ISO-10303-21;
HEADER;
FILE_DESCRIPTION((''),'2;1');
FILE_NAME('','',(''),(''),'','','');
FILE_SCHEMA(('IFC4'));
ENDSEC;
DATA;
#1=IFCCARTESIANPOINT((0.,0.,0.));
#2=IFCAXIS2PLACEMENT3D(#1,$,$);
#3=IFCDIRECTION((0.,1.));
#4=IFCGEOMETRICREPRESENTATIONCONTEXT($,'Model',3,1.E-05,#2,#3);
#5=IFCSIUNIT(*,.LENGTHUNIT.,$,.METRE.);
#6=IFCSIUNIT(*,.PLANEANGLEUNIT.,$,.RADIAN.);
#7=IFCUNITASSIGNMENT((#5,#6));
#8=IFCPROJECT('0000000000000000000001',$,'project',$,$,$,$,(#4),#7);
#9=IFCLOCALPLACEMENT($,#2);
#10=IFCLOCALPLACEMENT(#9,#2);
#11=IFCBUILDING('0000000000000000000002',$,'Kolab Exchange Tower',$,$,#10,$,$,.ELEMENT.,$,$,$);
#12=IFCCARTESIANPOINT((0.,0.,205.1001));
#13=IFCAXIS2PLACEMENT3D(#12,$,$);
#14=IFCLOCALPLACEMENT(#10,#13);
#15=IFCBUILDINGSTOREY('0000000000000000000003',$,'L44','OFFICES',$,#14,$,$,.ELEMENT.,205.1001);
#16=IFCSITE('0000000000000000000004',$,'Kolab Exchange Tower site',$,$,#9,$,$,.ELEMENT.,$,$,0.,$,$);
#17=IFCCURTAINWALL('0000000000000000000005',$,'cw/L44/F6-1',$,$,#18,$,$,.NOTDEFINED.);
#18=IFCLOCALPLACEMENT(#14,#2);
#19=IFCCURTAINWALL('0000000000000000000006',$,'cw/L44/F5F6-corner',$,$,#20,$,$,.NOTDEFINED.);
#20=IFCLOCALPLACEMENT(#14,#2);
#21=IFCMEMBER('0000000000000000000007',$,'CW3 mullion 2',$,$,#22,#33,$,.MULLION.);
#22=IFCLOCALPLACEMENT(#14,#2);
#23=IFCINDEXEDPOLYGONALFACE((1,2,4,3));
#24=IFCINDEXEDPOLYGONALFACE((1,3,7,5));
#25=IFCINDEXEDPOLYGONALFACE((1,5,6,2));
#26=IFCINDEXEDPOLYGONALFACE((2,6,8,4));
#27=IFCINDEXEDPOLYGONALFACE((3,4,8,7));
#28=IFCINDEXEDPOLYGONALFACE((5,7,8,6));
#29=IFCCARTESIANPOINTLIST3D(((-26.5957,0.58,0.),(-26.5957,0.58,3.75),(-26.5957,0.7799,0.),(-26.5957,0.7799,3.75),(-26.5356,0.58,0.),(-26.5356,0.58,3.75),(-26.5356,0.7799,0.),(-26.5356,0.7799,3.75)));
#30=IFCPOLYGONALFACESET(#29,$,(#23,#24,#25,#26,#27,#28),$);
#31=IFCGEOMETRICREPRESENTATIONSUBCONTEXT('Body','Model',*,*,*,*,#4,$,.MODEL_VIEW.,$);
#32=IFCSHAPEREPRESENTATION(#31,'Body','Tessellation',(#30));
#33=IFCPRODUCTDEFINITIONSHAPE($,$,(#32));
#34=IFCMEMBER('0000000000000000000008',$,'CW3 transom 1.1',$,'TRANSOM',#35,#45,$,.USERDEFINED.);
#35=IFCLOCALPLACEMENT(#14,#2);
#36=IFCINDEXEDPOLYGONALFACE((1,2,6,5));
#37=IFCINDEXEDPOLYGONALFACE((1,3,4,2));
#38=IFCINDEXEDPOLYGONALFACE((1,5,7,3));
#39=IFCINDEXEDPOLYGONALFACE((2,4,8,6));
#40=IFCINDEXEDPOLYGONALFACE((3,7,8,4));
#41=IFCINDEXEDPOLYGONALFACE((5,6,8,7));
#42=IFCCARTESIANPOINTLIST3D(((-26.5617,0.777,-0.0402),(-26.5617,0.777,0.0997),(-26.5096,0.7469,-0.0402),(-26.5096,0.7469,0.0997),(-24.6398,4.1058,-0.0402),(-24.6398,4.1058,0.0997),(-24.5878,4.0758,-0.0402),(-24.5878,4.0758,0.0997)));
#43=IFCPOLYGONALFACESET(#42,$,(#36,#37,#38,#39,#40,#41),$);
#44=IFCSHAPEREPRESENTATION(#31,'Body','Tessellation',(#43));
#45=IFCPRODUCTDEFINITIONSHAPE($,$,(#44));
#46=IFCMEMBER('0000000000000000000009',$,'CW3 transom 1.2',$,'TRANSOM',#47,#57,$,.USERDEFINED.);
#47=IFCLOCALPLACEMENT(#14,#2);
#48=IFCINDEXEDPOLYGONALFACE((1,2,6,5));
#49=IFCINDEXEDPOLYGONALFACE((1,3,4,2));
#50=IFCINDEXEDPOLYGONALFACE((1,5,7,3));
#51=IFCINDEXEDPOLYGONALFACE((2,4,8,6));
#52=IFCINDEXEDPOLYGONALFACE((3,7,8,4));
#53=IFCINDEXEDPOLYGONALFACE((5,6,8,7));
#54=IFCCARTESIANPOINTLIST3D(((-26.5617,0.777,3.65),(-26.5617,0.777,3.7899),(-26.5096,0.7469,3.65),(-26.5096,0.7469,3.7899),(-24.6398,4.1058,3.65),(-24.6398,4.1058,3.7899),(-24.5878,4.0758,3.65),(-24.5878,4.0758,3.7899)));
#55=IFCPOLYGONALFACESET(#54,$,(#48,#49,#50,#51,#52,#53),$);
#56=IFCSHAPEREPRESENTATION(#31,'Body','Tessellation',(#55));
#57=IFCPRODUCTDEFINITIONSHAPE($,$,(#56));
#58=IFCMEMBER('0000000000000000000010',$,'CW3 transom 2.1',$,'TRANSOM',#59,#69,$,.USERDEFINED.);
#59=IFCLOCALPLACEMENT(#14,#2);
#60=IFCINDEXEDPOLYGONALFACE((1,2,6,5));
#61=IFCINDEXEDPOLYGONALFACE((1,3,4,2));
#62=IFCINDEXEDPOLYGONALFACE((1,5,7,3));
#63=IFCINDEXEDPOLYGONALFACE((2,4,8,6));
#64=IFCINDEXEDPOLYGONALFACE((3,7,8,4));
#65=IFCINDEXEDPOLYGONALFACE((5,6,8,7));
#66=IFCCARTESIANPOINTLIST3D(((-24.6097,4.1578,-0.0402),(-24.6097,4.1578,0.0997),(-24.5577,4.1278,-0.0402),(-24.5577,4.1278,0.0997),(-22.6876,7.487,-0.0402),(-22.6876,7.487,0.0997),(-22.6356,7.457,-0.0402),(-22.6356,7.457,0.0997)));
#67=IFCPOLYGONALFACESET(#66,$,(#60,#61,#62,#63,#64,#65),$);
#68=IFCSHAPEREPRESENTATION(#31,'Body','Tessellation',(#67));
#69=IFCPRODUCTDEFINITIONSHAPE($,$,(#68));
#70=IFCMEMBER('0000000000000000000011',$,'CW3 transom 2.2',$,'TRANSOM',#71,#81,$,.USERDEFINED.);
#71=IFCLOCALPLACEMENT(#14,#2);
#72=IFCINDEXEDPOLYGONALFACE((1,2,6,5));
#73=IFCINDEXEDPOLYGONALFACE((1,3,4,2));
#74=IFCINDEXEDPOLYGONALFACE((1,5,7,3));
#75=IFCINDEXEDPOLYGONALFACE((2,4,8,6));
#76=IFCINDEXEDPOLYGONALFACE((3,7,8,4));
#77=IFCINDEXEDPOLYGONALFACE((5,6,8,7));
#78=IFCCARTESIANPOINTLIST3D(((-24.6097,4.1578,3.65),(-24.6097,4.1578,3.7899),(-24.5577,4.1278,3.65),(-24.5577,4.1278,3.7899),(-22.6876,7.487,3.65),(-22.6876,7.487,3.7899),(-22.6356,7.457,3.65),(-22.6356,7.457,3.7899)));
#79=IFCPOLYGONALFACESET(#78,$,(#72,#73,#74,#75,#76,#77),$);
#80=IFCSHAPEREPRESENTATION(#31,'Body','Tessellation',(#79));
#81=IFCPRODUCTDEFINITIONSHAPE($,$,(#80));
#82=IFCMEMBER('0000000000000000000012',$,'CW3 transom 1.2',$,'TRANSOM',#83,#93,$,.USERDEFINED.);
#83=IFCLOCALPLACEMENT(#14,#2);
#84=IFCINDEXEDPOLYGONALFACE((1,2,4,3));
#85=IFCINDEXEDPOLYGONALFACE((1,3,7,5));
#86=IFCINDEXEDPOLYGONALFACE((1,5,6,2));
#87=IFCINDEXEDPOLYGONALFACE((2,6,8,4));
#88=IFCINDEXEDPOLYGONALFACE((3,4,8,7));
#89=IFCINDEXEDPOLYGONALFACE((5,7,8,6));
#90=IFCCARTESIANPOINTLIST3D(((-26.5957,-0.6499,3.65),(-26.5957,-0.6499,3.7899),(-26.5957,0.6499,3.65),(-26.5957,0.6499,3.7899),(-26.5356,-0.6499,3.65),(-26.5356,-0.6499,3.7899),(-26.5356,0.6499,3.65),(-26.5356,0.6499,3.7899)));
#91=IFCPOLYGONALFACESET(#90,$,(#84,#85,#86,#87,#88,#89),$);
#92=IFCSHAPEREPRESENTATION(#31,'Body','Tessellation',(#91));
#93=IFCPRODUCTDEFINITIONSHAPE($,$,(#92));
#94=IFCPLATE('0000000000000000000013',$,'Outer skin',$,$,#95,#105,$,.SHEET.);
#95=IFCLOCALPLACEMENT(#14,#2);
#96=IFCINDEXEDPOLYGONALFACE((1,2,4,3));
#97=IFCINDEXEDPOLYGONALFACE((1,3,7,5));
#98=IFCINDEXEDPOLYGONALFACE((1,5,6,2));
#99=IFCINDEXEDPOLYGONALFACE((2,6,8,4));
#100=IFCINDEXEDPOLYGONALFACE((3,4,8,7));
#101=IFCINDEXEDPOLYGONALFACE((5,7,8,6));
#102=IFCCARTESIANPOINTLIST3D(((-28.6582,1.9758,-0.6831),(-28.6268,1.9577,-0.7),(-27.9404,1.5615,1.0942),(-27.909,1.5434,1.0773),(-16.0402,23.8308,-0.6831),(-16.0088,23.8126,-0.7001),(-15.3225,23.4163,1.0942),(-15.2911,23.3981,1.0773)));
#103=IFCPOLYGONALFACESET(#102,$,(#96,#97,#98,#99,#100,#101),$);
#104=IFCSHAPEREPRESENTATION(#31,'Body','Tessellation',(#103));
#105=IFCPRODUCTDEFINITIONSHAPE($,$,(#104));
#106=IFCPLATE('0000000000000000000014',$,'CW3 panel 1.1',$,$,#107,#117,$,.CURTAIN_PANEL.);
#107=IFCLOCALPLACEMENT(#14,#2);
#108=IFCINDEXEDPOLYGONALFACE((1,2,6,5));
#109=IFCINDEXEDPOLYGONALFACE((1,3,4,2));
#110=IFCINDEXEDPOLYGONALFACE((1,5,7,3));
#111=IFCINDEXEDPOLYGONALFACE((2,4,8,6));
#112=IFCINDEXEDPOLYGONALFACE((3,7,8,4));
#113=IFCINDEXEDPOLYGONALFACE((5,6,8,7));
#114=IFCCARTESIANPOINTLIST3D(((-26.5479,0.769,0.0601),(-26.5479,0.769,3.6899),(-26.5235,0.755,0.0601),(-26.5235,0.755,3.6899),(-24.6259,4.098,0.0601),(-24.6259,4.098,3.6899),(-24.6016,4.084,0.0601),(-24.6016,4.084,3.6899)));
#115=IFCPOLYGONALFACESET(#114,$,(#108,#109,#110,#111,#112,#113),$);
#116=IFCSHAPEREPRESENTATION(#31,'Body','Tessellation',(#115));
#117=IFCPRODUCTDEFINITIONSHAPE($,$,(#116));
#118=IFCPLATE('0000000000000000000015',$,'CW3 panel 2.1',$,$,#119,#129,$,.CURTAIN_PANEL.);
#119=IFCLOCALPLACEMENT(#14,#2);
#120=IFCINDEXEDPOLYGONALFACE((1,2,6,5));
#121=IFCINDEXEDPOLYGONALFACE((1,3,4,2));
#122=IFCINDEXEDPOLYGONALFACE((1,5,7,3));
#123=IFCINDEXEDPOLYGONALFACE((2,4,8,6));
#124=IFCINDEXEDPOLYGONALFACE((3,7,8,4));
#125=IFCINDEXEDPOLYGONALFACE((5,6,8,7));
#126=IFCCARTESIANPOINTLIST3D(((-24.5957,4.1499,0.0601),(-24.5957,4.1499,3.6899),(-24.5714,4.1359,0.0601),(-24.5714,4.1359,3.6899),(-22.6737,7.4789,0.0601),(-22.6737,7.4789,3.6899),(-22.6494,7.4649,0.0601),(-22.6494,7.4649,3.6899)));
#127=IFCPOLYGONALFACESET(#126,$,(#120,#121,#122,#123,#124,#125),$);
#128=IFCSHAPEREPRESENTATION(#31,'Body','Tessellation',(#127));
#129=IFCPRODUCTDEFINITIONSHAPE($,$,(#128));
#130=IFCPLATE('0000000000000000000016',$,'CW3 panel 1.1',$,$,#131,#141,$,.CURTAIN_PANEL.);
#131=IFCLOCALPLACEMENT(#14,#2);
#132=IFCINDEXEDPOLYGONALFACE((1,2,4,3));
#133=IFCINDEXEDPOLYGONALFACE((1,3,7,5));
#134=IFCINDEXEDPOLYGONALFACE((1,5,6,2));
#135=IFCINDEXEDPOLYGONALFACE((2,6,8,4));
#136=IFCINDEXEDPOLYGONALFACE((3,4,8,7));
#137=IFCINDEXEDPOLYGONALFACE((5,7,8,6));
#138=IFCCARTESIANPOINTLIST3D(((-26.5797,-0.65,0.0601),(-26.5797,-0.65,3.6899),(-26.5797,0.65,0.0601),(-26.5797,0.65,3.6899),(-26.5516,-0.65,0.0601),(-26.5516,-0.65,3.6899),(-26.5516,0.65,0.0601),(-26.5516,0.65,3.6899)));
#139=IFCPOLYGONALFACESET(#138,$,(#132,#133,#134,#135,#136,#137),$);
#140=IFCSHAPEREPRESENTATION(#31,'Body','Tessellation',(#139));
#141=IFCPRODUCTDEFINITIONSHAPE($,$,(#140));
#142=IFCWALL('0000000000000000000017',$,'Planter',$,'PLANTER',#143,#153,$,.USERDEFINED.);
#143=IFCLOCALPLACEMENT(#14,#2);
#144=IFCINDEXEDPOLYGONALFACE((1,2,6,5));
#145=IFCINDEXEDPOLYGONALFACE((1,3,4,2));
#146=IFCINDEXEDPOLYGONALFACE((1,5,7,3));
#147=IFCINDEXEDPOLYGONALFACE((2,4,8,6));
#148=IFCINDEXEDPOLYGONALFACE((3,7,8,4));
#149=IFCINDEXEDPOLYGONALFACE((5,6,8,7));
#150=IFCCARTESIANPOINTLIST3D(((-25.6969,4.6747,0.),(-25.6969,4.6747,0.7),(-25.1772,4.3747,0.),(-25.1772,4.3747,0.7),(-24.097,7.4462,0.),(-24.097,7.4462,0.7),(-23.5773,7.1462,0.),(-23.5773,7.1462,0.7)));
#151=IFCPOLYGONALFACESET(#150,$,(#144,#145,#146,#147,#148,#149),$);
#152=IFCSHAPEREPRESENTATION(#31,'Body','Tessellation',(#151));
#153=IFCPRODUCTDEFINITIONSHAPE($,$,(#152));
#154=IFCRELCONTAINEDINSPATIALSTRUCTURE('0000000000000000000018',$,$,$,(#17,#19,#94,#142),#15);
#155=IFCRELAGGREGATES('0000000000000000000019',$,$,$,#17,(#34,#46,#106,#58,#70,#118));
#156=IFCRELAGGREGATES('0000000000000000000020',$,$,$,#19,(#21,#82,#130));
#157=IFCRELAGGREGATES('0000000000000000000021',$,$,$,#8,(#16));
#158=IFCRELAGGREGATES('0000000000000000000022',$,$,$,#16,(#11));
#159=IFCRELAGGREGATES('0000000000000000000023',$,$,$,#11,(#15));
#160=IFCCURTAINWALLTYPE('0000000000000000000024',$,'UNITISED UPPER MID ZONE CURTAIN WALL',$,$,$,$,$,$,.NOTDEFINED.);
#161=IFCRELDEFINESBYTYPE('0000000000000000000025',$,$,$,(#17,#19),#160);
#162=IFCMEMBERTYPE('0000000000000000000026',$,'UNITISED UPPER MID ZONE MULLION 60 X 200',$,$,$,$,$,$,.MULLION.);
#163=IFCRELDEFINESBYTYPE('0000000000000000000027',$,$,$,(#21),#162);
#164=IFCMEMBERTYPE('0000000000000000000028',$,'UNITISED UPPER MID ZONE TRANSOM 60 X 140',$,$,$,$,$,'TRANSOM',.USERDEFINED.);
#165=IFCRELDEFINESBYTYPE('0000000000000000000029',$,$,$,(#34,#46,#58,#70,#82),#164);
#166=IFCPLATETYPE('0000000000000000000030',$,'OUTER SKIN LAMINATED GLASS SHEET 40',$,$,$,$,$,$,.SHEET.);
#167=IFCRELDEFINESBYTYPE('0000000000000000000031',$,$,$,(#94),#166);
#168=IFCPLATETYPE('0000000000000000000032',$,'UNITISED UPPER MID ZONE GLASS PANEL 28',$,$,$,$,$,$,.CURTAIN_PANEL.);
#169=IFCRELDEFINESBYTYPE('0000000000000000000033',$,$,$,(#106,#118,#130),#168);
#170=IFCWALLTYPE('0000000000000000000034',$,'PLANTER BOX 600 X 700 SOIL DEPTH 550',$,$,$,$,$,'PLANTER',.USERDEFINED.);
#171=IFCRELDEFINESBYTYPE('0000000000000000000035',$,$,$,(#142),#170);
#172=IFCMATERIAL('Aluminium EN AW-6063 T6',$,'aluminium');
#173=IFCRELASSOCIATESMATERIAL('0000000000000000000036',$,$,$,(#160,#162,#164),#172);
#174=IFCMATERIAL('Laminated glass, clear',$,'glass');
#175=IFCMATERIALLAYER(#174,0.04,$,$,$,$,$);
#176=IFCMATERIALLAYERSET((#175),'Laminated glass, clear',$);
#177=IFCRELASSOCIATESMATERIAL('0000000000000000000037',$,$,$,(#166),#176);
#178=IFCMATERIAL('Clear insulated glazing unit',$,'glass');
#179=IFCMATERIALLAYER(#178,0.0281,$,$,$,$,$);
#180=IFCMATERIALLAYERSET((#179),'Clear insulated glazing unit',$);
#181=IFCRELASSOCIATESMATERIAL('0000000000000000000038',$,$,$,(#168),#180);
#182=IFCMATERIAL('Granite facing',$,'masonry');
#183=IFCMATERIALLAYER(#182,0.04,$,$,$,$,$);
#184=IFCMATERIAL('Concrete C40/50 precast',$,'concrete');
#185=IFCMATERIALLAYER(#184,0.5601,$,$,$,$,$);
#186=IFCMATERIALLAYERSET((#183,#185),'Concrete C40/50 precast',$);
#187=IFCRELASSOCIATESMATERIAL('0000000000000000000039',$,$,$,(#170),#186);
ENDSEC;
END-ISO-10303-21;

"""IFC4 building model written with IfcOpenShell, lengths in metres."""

from ifc_helpers import new_model, si_unit, direction, frame, frame_2d, origin, origin_2d, place, context, subcontext, project, spatial, polyline, rectangle, outline, extrude, material, layer, layer_set, material_profile, profile_set, type_object, element, aggregate, save


model = new_model("IFC4")

# Units and contexts
model_context = context("Model", 3, precision=1e-05, world=origin(), true_north=direction((0.0, 1.0)))
body_context = subcontext(model_context, "Body", "Model", "MODEL_VIEW")
ifc_project = project(units=[si_unit("LENGTHUNIT", "METRE"), si_unit("PLANEANGLEUNIT", "RADIAN")], contexts=[model_context])

# Site, building, storey
site_placement = place(None, origin())
site = spatial("IfcSite", under=ifc_project, at=site_placement, Name="Kolab Exchange Tower site", CompositionType="ELEMENT", RefElevation=0.0)
building_placement = place(site_placement, origin())
building = spatial("IfcBuilding", under=site, at=building_placement, Name="Kolab Exchange Tower", CompositionType="ELEMENT")
storey_placement = place(building_placement, frame((0.0, 0.0, 205.1001)))
storey = spatial("IfcBuildingStorey", under=building, at=storey_placement, Name="L44", Description="OFFICES", CompositionType="ELEMENT", Elevation=205.1001)

# Curtain wall
ifc_material_1 = material(Name="Aluminium EN AW-6063 T6", Category="aluminium")
curtain_wall_type = type_object("IfcCurtainWallType", Name="UNITISED UPPER MID ZONE CURTAIN WALL", PredefinedType="NOTDEFINED", material=ifc_material_1)
curtain_wall_1_placement = place(storey_placement, origin())
curtain_wall_1 = element("IfcCurtainWall", 1, at=curtain_wall_1_placement, inside=storey, type_object=curtain_wall_type, Name="cw/L44/F6-1", PredefinedType="NOTDEFINED")
ifc_material_profile_1 = material_profile(ifc_material_1, rectangle(XDim=0.0601, YDim=0.2, at=origin_2d()), Name="RECT 60X200")
ifc_profile_set_1 = profile_set([ifc_material_profile_1], Name="Aluminium EN AW-6063 T6")
member_type_1 = type_object("IfcMemberType", Name="UNITISED UPPER MID ZONE MULLION 60 X 200", PredefinedType="MULLION", material=ifc_profile_set_1)

# Curtain wall, member
curtain_wall_2_placement = place(storey_placement, origin())
curtain_wall_2 = element("IfcCurtainWall", 2, at=curtain_wall_2_placement, inside=storey, type_object=curtain_wall_type, Name="cw/L44/F5F6-corner", PredefinedType="NOTDEFINED")
member_1_placement = place(storey_placement, frame((-26.5657, 0.6799, 0.0), z_axis=(0.0, 0.0, 1.0), x_axis=(-1.0, 0.0, 0.0)))
member_1 = element("IfcMember", 3, at=member_1_placement, type_object=member_type_1, Name="CW3 mullion 2", PredefinedType="MULLION", context=body_context, shape_type="SweptSolid", body=[
    extrude(rectangle(XDim=0.0601, YDim=0.2, at=origin_2d()), origin(), (0.0, 0.0, 1.0), 3.75),
])

# Members
ifc_material_profile_2 = material_profile(ifc_material_1, rectangle(XDim=0.0601, YDim=0.1399, at=origin_2d()), Name="RECT 60X140")
ifc_profile_set_2 = profile_set([ifc_material_profile_2], Name="Aluminium EN AW-6063 T6")
member_type_2 = type_object("IfcMemberType", Name="UNITISED UPPER MID ZONE TRANSOM 60 X 140", ElementType="TRANSOM", PredefinedType="USERDEFINED", material=ifc_profile_set_2)
member_2_placement = place(storey_placement, frame((-26.5356, 0.762, 0.0298), z_axis=(0.499992, 0.86603, 0.0), x_axis=(-0.86603, 0.499992, 0.0)))
member_2 = element("IfcMember", 4, at=member_2_placement, type_object=member_type_2, Name="CW3 transom 1.1", ObjectType="TRANSOM", PredefinedType="USERDEFINED", context=body_context, shape_type="SweptSolid", body=[
    extrude(rectangle(XDim=0.0601, YDim=0.1399, at=origin_2d()), origin(), (0.0, 0.0, 1.0), 3.8438),
])
member_3_placement = place(storey_placement, frame((-26.5356, 0.762, 3.72), z_axis=(0.499992, 0.86603, 0.0), x_axis=(-0.86603, 0.499992, 0.0)))
member_3 = element("IfcMember", 5, at=member_3_placement, type_object=member_type_2, Name="CW3 transom 1.2", ObjectType="TRANSOM", PredefinedType="USERDEFINED", context=body_context, shape_type="SweptSolid", body=[
    extrude(rectangle(XDim=0.0601, YDim=0.1399, at=origin_2d()), origin(), (0.0, 0.0, 1.0), 3.8438),
])
member_4_placement = place(storey_placement, frame((-24.5837, 4.1428, 0.0298), z_axis=(0.500012, 0.866018, 0.0), x_axis=(-0.866018, 0.500012, 0.0)))
member_4 = element("IfcMember", 6, at=member_4_placement, type_object=member_type_2, Name="CW3 transom 2.1", ObjectType="TRANSOM", PredefinedType="USERDEFINED", context=body_context, shape_type="SweptSolid", body=[
    extrude(rectangle(XDim=0.0601, YDim=0.1399, at=origin_2d()), origin(), (0.0, 0.0, 1.0), 3.8442),
])
member_5_placement = place(storey_placement, frame((-24.5837, 4.1428, 3.72), z_axis=(0.500012, 0.866018, 0.0), x_axis=(-0.866018, 0.500012, 0.0)))
member_5 = element("IfcMember", 7, at=member_5_placement, type_object=member_type_2, Name="CW3 transom 2.2", ObjectType="TRANSOM", PredefinedType="USERDEFINED", context=body_context, shape_type="SweptSolid", body=[
    extrude(rectangle(XDim=0.0601, YDim=0.1399, at=origin_2d()), origin(), (0.0, 0.0, 1.0), 3.8442),
])
member_6_placement = place(storey_placement, frame((-26.5657, -0.6499, 3.72), z_axis=(0.0, 1.0, 0.0), x_axis=(-1.0, 0.0, 0.0)))
member_6 = element("IfcMember", 8, at=member_6_placement, type_object=member_type_2, Name="CW3 transom 1.2", ObjectType="TRANSOM", PredefinedType="USERDEFINED", context=body_context, shape_type="SweptSolid", body=[
    extrude(rectangle(XDim=0.0601, YDim=0.1399, at=origin_2d()), origin(), (0.0, 0.0, 1.0), 1.2998),
])

# Plates
ifc_material_2 = material(Name="Laminated glass, clear", Category="glass")
ifc_layer_1 = layer(ifc_material_2, 0.04)
ifc_layer_set_1 = layer_set([ifc_layer_1], Name="Laminated glass, clear")
plate_type_1 = type_object("IfcPlateType", Name="OUTER SKIN LAMINATED GLASS SHEET 40", PredefinedType="SHEET", material=ifc_layer_set_1)
plate_1_placement = place(storey_placement, frame((-28.6582, 1.9758, -0.6831), z_axis=(-0.784879, 0.453151, 0.422633), x_axis=(0.5, 0.866025, -0.000001)))
element("IfcPlate", 9, at=plate_1_placement, inside=storey, type_object=plate_type_1, Name="Outer skin", PredefinedType="SHEET", context=body_context, shape_type="SweptSolid", body=[
    extrude(outline(polyline([(0.0, 0.0), (25.2359, 0.0), (25.2358, -1.9611), (0.0001, -1.9611), (0.0, 0.0)])), origin(), (0.0, 0.0, -1.0), 0.04),
])
ifc_material_3 = material(Name="Clear insulated glazing unit", Category="glass")
ifc_layer_2 = layer(ifc_material_3, 0.0281)
ifc_layer_set_2 = layer_set([ifc_layer_2], Name="Clear insulated glazing unit")
plate_type_2 = type_object("IfcPlateType", Name="UNITISED UPPER MID ZONE GLASS PANEL 28", PredefinedType="CURTAIN_PANEL", material=ifc_layer_set_2)
plate_2_placement = place(storey_placement, frame((-25.5747, 2.4265, 0.0601), z_axis=(0.0, 0.0, 1.0), x_axis=(0.5, 0.866025, 0.0)))
plate_2 = element("IfcPlate", 10, at=plate_2_placement, type_object=plate_type_2, Name="CW3 panel 1.1", PredefinedType="CURTAIN_PANEL", context=body_context, shape_type="SweptSolid", body=[
    extrude(rectangle(XDim=3.844, YDim=0.0281, at=origin_2d()), origin(), (0.0, 0.0, 1.0), 3.6299),
])
plate_3_placement = place(storey_placement, frame((-23.6226, 5.8074, 0.0601), z_axis=(0.0, 0.0, 1.0), x_axis=(0.5, 0.866025, 0.0)))
plate_3 = element("IfcPlate", 11, at=plate_3_placement, type_object=plate_type_2, Name="CW3 panel 2.1", PredefinedType="CURTAIN_PANEL", context=body_context, shape_type="SweptSolid", body=[
    extrude(rectangle(XDim=3.844, YDim=0.0281, at=origin_2d()), origin(), (0.0, 0.0, 1.0), 3.6299),
])
aggregate(curtain_wall_1, [member_2, member_3, plate_2, member_4, member_5, plate_3])
plate_4_placement = place(storey_placement, frame((-26.5657, 0.0, 0.0601), z_axis=(0.0, 0.0, 1.0), x_axis=(0.0, 1.0, 0.0)))
plate_4 = element("IfcPlate", 12, at=plate_4_placement, type_object=plate_type_2, Name="CW3 panel 1.1", PredefinedType="CURTAIN_PANEL", context=body_context, shape_type="SweptSolid", body=[
    extrude(rectangle(XDim=1.3, YDim=0.0281, at=origin_2d()), origin(), (0.0, 0.0, 1.0), 3.6299),
])
aggregate(curtain_wall_2, [member_1, member_6, plate_4])

# Wall
ifc_material_4 = material(Name="Granite facing", Category="masonry")
ifc_layer_3 = layer(ifc_material_4, 0.04)
ifc_material_5 = material(Name="Concrete C40/50 precast", Category="concrete")
ifc_layer_4 = layer(ifc_material_5, 0.5601)
ifc_layer_set_3 = layer_set([ifc_layer_3, ifc_layer_4], Name="Concrete C40/50 precast")
wall_type_1 = type_object("IfcWallType", Name="PLANTER BOX 600 X 700 SOIL DEPTH 550", ElementType="PLANTER", PredefinedType="USERDEFINED", material=ifc_layer_set_3)
wall_1_placement = place(storey_placement, frame((-25.437, 4.5247, 0.0), z_axis=(0.0, 0.0, 1.0), x_axis=(0.499938, 0.866061, 0.0)))
element("IfcWall", 13, at=wall_1_placement, inside=storey, type_object=wall_type_1, Name="Planter", ObjectType="PLANTER", PredefinedType="USERDEFINED", context=body_context, shape_type="SweptSolid", body=[
    extrude(rectangle(XDim=3.2002, YDim=0.6001, at=frame_2d((1.6001, 0.0))), origin(), (0.0, 0.0, 1.0), 0.7),
])

save(model, "model.ifc")
